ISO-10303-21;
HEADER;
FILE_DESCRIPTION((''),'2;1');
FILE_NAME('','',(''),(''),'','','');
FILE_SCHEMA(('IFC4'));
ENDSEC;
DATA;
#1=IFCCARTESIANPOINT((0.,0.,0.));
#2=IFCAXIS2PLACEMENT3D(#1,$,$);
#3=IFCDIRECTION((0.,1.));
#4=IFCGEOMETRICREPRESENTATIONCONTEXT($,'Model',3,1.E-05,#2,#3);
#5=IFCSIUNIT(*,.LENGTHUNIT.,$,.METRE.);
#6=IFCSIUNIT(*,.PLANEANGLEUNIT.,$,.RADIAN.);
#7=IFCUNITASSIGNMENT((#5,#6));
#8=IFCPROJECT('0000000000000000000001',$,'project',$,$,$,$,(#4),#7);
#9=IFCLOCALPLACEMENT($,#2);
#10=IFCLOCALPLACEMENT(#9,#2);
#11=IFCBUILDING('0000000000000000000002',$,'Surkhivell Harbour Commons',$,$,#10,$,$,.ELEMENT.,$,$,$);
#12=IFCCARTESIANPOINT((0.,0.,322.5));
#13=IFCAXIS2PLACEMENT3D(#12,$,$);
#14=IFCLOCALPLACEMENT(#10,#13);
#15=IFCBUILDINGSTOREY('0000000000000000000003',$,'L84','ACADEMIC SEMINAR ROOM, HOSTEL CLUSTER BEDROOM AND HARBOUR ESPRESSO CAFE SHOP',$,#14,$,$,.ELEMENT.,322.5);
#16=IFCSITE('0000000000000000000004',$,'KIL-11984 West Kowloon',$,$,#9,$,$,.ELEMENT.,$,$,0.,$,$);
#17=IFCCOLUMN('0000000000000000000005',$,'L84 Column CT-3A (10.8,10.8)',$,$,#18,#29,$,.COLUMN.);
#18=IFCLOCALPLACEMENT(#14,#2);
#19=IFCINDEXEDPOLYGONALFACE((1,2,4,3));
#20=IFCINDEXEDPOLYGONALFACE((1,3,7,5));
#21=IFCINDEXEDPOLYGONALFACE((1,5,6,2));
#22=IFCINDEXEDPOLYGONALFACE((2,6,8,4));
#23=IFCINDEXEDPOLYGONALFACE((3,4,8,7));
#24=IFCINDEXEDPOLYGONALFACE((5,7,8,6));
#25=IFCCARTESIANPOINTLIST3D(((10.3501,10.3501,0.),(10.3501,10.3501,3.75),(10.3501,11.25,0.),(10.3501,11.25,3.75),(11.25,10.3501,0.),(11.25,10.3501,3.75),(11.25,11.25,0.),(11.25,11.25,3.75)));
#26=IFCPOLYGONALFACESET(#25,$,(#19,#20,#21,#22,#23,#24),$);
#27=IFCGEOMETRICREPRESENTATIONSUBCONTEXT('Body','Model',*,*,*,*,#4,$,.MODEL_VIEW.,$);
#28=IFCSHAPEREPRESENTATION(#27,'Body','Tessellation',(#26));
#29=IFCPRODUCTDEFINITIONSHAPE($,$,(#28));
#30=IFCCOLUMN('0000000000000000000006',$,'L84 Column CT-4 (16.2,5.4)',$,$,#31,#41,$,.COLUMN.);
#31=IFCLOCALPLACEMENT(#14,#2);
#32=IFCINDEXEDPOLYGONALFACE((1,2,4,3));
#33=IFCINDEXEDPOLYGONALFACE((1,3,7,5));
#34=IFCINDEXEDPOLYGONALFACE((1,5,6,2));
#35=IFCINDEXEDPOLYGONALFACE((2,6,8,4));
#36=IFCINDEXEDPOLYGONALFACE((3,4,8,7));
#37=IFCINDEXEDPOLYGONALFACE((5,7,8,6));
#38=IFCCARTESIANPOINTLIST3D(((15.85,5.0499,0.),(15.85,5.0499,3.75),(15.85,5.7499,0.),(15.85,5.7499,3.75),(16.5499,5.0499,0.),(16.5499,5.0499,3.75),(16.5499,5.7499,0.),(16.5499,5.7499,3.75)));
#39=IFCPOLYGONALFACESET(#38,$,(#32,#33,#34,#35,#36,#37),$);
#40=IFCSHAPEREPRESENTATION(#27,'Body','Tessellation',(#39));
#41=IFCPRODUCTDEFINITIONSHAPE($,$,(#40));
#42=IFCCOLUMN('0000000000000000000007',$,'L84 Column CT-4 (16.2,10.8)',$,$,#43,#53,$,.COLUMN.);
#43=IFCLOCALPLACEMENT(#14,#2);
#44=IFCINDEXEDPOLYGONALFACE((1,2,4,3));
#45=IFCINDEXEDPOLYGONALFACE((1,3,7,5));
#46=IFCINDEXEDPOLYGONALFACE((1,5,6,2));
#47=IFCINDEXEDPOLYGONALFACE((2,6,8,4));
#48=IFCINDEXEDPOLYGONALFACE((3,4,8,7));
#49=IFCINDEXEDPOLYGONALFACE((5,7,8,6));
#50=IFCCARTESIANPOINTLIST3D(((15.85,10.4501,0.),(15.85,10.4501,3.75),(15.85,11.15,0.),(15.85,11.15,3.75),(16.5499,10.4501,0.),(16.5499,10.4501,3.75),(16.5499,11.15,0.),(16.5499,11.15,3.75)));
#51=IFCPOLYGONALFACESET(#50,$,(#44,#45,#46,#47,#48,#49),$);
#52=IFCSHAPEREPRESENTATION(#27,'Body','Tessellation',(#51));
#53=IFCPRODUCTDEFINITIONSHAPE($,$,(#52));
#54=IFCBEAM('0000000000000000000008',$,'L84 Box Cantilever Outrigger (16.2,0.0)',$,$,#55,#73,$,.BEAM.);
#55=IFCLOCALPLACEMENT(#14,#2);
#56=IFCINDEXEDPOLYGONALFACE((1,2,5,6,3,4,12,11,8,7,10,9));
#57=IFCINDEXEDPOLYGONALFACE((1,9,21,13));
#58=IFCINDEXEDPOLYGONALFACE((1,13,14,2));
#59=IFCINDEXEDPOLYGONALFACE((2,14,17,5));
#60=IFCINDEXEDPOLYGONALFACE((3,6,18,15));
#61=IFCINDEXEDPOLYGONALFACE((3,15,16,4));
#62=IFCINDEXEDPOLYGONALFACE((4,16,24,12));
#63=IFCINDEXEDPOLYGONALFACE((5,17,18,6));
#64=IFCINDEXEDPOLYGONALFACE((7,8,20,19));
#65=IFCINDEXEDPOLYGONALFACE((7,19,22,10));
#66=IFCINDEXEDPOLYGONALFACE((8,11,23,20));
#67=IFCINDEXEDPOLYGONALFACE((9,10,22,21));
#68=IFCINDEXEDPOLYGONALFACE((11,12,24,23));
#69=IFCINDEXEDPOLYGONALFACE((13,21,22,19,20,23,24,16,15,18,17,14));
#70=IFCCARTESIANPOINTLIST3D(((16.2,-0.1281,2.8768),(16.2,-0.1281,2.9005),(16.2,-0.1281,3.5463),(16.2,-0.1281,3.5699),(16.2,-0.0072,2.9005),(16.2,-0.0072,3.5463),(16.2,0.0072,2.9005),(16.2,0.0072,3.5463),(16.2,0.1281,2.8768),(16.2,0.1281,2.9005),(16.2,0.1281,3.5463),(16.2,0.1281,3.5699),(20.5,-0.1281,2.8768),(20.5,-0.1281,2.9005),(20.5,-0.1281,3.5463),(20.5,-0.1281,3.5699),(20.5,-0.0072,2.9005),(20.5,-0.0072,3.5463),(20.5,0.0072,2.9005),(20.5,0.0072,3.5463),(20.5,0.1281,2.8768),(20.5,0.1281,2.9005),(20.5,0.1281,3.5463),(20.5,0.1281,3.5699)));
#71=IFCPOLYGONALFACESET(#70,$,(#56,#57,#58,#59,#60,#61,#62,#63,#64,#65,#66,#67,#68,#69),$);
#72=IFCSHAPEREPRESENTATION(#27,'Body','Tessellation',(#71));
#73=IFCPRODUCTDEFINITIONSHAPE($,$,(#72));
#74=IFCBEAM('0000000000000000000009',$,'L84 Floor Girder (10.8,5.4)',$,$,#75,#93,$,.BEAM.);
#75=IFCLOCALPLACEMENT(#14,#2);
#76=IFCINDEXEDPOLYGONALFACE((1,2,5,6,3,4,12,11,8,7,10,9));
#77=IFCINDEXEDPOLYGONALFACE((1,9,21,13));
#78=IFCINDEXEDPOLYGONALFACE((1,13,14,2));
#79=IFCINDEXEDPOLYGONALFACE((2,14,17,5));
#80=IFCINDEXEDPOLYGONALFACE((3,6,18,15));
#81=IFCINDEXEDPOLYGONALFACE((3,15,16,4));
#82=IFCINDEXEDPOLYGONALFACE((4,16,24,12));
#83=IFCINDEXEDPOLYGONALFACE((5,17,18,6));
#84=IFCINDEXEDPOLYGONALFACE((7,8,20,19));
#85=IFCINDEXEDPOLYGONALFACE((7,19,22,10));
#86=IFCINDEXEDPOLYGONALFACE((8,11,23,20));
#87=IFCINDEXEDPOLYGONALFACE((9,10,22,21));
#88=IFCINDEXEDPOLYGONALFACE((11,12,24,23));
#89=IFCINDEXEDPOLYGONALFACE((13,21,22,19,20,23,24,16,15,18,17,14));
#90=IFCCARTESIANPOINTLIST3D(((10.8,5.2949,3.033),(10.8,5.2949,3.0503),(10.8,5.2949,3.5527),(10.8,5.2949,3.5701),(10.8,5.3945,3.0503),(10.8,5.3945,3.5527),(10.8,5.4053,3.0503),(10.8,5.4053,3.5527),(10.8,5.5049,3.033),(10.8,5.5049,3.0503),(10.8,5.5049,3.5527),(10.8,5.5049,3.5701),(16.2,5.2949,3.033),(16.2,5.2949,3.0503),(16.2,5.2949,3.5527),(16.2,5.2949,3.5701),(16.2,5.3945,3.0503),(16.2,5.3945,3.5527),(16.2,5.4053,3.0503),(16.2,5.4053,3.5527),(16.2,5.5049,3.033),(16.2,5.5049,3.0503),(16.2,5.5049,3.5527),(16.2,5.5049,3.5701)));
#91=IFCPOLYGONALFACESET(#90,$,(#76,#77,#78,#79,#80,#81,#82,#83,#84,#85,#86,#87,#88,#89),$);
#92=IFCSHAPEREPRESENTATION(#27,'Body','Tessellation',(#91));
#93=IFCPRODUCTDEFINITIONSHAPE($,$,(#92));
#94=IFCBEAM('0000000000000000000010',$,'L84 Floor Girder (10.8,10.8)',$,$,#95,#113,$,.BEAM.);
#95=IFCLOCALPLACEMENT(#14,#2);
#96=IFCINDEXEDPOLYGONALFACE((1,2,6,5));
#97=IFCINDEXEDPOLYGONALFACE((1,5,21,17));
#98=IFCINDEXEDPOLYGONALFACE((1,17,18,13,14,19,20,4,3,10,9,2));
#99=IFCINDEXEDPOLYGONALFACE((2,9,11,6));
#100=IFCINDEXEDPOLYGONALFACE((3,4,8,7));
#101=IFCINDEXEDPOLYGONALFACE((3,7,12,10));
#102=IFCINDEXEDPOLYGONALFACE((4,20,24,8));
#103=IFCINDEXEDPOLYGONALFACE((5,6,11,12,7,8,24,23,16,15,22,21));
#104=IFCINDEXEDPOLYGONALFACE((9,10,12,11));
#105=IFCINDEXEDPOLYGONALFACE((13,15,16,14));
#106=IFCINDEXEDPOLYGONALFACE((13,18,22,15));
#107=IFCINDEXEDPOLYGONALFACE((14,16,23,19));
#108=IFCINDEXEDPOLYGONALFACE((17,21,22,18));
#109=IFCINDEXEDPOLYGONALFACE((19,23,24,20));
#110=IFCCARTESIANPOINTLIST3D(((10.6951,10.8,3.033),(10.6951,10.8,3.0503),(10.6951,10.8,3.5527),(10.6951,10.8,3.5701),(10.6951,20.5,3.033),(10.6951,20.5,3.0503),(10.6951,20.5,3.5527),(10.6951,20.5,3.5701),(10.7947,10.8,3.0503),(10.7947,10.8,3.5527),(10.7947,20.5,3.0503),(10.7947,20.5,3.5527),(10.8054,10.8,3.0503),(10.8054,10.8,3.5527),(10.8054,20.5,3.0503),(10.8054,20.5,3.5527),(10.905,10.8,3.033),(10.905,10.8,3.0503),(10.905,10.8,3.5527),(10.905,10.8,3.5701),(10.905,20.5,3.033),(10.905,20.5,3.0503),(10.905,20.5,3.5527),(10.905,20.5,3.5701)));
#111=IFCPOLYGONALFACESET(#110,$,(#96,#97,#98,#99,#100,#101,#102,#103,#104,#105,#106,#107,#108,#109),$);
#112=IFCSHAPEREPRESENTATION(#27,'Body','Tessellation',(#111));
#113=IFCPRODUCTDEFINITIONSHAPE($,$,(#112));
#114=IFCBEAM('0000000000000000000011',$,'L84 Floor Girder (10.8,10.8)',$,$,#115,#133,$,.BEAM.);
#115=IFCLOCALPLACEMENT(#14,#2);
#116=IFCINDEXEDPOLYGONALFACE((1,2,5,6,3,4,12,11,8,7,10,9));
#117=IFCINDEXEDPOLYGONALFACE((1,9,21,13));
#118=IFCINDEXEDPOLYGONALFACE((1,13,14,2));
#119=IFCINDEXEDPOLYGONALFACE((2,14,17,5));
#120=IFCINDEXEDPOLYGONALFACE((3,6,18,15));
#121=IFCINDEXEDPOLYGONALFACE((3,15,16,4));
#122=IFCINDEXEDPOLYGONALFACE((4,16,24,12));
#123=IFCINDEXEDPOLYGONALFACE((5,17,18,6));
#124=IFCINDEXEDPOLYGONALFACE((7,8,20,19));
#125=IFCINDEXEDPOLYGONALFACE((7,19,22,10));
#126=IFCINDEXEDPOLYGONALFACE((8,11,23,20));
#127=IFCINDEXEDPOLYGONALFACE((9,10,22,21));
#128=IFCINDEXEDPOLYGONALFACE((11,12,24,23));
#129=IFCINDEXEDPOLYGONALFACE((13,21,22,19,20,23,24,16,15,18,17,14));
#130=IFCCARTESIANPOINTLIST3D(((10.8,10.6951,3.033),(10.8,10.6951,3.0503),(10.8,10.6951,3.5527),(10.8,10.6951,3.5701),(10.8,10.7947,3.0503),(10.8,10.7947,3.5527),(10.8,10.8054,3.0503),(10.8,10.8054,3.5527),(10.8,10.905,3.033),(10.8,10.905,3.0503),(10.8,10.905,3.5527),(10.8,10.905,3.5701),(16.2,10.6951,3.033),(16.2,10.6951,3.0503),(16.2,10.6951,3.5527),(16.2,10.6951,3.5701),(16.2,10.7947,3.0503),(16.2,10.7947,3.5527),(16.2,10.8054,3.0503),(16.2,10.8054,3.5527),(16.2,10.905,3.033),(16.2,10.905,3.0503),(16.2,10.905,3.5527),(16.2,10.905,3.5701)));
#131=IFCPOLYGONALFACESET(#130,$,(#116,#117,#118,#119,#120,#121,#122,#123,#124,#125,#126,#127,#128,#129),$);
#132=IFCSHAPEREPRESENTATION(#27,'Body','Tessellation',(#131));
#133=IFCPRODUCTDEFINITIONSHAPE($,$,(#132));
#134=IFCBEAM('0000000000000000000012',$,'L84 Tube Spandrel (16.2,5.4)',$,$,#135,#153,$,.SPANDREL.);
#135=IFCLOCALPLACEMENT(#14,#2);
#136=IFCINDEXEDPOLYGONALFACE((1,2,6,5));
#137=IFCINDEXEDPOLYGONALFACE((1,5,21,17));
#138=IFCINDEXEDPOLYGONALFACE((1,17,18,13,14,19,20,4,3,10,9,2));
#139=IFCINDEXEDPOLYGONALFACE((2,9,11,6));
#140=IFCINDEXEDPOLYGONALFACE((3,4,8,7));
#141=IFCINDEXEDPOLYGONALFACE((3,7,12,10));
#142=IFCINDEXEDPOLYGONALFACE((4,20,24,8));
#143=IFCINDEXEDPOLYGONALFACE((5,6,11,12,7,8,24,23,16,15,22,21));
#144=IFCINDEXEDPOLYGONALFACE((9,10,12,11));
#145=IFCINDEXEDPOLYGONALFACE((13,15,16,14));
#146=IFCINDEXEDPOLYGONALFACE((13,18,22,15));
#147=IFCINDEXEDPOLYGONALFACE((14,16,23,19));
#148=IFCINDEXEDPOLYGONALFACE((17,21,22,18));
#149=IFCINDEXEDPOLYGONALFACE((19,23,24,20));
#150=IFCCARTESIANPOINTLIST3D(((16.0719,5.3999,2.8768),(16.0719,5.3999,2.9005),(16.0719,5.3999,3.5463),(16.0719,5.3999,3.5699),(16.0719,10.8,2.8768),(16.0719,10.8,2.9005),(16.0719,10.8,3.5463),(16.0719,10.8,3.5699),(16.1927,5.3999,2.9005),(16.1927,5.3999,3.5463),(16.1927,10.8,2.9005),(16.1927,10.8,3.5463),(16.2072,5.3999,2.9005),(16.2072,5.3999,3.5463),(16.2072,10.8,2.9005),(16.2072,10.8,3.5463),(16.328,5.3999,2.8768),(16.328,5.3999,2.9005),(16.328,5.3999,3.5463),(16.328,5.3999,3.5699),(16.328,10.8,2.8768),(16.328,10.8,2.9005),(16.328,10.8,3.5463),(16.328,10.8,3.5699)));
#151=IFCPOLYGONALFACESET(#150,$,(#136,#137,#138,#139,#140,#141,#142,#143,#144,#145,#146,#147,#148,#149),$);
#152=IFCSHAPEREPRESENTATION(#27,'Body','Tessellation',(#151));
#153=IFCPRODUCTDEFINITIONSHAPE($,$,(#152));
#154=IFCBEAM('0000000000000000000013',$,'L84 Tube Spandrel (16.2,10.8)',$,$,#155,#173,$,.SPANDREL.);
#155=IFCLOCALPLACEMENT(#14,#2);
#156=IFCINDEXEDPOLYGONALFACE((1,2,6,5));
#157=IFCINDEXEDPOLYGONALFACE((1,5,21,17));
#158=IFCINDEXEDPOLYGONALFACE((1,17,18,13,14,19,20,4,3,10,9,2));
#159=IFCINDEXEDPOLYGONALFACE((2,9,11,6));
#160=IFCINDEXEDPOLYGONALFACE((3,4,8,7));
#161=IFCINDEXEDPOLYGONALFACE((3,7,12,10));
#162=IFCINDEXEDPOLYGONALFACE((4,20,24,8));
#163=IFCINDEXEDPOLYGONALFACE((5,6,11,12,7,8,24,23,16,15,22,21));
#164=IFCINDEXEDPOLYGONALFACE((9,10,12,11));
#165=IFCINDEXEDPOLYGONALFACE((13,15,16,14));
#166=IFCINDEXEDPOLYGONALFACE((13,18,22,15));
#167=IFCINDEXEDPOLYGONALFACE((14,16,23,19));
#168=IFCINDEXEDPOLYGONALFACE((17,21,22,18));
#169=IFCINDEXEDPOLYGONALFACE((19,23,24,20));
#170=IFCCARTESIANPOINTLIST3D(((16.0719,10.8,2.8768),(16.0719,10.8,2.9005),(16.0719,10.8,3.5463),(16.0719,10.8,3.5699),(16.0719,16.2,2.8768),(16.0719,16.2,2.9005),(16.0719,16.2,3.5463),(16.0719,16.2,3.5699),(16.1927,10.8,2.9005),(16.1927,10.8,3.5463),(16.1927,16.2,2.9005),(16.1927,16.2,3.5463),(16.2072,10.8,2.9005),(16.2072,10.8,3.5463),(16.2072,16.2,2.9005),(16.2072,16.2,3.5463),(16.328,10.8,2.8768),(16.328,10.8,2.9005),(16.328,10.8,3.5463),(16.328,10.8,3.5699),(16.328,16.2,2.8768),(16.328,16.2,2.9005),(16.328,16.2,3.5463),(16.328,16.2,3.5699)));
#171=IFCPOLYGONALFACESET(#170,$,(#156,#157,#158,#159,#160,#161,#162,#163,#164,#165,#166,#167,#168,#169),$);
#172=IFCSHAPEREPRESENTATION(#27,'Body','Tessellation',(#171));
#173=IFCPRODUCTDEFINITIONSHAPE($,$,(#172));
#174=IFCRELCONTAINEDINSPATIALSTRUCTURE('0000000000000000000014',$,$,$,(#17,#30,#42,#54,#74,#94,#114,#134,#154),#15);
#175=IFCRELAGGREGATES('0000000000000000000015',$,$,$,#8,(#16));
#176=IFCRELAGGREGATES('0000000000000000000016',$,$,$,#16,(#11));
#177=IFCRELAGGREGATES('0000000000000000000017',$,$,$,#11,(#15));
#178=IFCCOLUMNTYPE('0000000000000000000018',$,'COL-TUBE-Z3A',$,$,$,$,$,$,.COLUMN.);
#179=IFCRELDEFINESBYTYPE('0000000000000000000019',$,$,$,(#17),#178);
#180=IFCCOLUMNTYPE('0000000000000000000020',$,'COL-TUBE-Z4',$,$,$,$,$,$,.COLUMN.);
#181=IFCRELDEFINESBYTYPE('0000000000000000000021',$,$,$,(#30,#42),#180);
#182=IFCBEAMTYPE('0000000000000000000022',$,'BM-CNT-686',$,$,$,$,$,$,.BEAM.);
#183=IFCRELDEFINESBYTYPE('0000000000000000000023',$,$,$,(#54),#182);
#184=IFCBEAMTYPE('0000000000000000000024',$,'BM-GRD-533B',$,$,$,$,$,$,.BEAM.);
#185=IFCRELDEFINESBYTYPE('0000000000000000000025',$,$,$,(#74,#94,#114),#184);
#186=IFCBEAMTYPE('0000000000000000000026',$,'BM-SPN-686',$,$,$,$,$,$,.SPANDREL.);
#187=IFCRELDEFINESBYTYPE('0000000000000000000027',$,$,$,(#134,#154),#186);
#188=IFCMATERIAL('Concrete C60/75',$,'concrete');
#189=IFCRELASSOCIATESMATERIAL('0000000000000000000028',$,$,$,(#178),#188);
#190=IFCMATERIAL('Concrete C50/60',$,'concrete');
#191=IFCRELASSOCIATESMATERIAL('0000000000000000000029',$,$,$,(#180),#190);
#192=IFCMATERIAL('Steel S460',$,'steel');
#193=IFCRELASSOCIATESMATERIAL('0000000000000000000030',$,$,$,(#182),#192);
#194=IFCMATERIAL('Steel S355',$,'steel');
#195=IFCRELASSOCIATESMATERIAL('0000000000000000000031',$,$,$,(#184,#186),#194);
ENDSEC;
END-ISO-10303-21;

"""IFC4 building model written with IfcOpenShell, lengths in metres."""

from ifc_helpers import new_model, si_unit, direction, frame, origin, origin_2d, place, context, subcontext, project, spatial, rectangle, i_section, extrude, material, material_profile, profile_set, type_object, element, save


model = new_model("IFC4")

# Units and contexts
model_context = context("Model", 3, precision=1e-05, world=origin(), true_north=direction((0.0, 1.0)))
body_context = subcontext(model_context, "Body", "Model", "MODEL_VIEW")
ifc_project = project(units=[si_unit("LENGTHUNIT", "METRE"), si_unit("PLANEANGLEUNIT", "RADIAN")], contexts=[model_context])

# Site, building, storey
site_placement = place(None, origin())
site = spatial("IfcSite", under=ifc_project, at=site_placement, Name="KIL-11984 West Kowloon", CompositionType="ELEMENT", RefElevation=0.0)
building_placement = place(site_placement, origin())
building = spatial("IfcBuilding", under=site, at=building_placement, Name="Surkhivell Harbour Commons", CompositionType="ELEMENT")
storey_placement = place(building_placement, frame((0.0, 0.0, 322.5)))
storey = spatial("IfcBuildingStorey", under=building, at=storey_placement, Name="L84", Description="ACADEMIC SEMINAR ROOM, HOSTEL CLUSTER BEDROOM AND HARBOUR ESPRESSO CAFE SHOP", CompositionType="ELEMENT", Elevation=322.5)

# Columns
ifc_material_1 = material(Name="Concrete C60/75", Category="concrete")
ifc_material_profile_1 = material_profile(ifc_material_1, rectangle(XDim=0.8999, YDim=0.8999, at=origin_2d()), Name="RC-COL-900x900")
ifc_profile_set_1 = profile_set([ifc_material_profile_1], Name="Concrete C60/75")
column_type_1 = type_object("IfcColumnType", Name="COL-TUBE-Z3A", PredefinedType="COLUMN", material=ifc_profile_set_1)
column_placement = place(storey_placement, frame((10.8, 10.8, 0.0), z_axis=(0.0, 0.0, 1.0), x_axis=(1.0, 0.0, 0.0)))
element("IfcColumn", 1, at=column_placement, inside=storey, type_object=column_type_1, Name="L84 Column CT-3A (10.8,10.8)", PredefinedType="COLUMN", context=body_context, shape_type="SweptSolid", body=[
    extrude(rectangle(XDim=0.8999, YDim=0.8999, at=origin_2d()), origin(), (0.0, 0.0, 1.0), 3.75),
])
ifc_material_2 = material(Name="Concrete C50/60", Category="concrete")
ifc_material_profile_2 = material_profile(ifc_material_2, rectangle(XDim=0.7, YDim=0.7, at=origin_2d()), Name="RC-COL-700x700")
ifc_profile_set_2 = profile_set([ifc_material_profile_2], Name="Concrete C50/60")
column_type_2 = type_object("IfcColumnType", Name="COL-TUBE-Z4", PredefinedType="COLUMN", material=ifc_profile_set_2)
for number, where, z_axis, x_axis, name in (
    (2, (16.2, 5.3999, 0.0), (0.0, 0.0, 1.0), (1.0, 0.0, 0.0), "L84 Column CT-4 (16.2,5.4)"),
    (3, (16.2, 10.8, 0.0), (0.0, 0.0, 1.0), (1.0, 0.0, 0.0), "L84 Column CT-4 (16.2,10.8)"),
):
    element("IfcColumn", number, at=place(storey_placement, frame(where, z_axis=z_axis, x_axis=x_axis)), inside=storey, type_object=column_type_2, Name=name, PredefinedType="COLUMN", context=body_context, shape_type="SweptSolid", body=[
        extrude(rectangle(XDim=0.7, YDim=0.7, at=origin_2d()), origin(), (0.0, 0.0, 1.0), 3.75),
    ])

# Beams
ifc_material_3 = material(Name="Steel S460", Category="steel")
ifc_material_profile_3 = material_profile(ifc_material_3, i_section(OverallWidth=0.2561, OverallDepth=0.6931, WebThickness=0.0144, FlangeThickness=0.0237, at=origin_2d()), Name="UB686x254x170")
ifc_profile_set_3 = profile_set([ifc_material_profile_3], Name="Steel S460")
beam_type_1 = type_object("IfcBeamType", Name="BM-CNT-686", PredefinedType="BEAM", material=ifc_profile_set_3)
beam_1_placement = place(storey_placement, frame((16.2, 0.0, 3.2234), z_axis=(1.0, 0.0, 0.0), x_axis=(0.0, 1.0, 0.0)))
element("IfcBeam", 4, at=beam_1_placement, inside=storey, type_object=beam_type_1, Name="L84 Box Cantilever Outrigger (16.2,0.0)", PredefinedType="BEAM", context=body_context, shape_type="SweptSolid", body=[
    extrude(i_section(OverallWidth=0.2561, OverallDepth=0.6931, WebThickness=0.0144, FlangeThickness=0.0237, at=origin_2d()), origin(), (0.0, 0.0, 1.0), 4.3),
])
ifc_material_4 = material(Name="Steel S355", Category="steel")
ifc_material_profile_4 = material_profile(ifc_material_4, i_section(OverallWidth=0.21, OverallDepth=0.5371, WebThickness=0.0107, FlangeThickness=0.0173, at=origin_2d()), Name="UB533x210x101")
ifc_profile_set_4 = profile_set([ifc_material_profile_4], Name="Steel S355")
beam_type_2 = type_object("IfcBeamType", Name="BM-GRD-533B", PredefinedType="BEAM", material=ifc_profile_set_4)
beam_2_placement = place(storey_placement, frame((10.8, 5.3999, 3.3015), z_axis=(1.0, 0.0, 0.0), x_axis=(0.0, 1.0, 0.0)))
element("IfcBeam", 5, at=beam_2_placement, inside=storey, type_object=beam_type_2, Name="L84 Floor Girder (10.8,5.4)", PredefinedType="BEAM", context=body_context, shape_type="SweptSolid", body=[
    extrude(i_section(OverallWidth=0.21, OverallDepth=0.5371, WebThickness=0.0107, FlangeThickness=0.0173, at=origin_2d()), origin(), (0.0, 0.0, 1.0), 5.3999),
])
beam_3_placement = place(storey_placement, frame((10.8, 10.8, 3.3015), z_axis=(0.0, 1.0, 0.0), x_axis=(-1.0, 0.0, 0.0)))
element("IfcBeam", 6, at=beam_3_placement, inside=storey, type_object=beam_type_2, Name="L84 Floor Girder (10.8,10.8)", PredefinedType="BEAM", context=body_context, shape_type="SweptSolid", body=[
    extrude(i_section(OverallWidth=0.21, OverallDepth=0.5371, WebThickness=0.0107, FlangeThickness=0.0173, at=origin_2d()), origin(), (0.0, 0.0, 1.0), 9.7),
])
beam_4_placement = place(storey_placement, frame((10.8, 10.8, 3.3015), z_axis=(1.0, 0.0, 0.0), x_axis=(0.0, 1.0, 0.0)))
element("IfcBeam", 7, at=beam_4_placement, inside=storey, type_object=beam_type_2, Name="L84 Floor Girder (10.8,10.8)", PredefinedType="BEAM", context=body_context, shape_type="SweptSolid", body=[
    extrude(i_section(OverallWidth=0.21, OverallDepth=0.5371, WebThickness=0.0107, FlangeThickness=0.0173, at=origin_2d()), origin(), (0.0, 0.0, 1.0), 5.3999),
])
ifc_material_profile_5 = material_profile(ifc_material_4, i_section(OverallWidth=0.2561, OverallDepth=0.6931, WebThickness=0.0144, FlangeThickness=0.0237, at=origin_2d()), Name="UB686x254x170")
ifc_profile_set_5 = profile_set([ifc_material_profile_5], Name="Steel S355")
beam_type_3 = type_object("IfcBeamType", Name="BM-SPN-686", PredefinedType="SPANDREL", material=ifc_profile_set_5)
beam_5_placement = place(storey_placement, frame((16.2, 5.3999, 3.2234), z_axis=(0.0, 1.0, 0.0), x_axis=(-1.0, 0.0, 0.0)))
element("IfcBeam", 8, at=beam_5_placement, inside=storey, type_object=beam_type_3, Name="L84 Tube Spandrel (16.2,5.4)", PredefinedType="SPANDREL", context=body_context, shape_type="SweptSolid", body=[
    extrude(i_section(OverallWidth=0.2561, OverallDepth=0.6931, WebThickness=0.0144, FlangeThickness=0.0237, at=origin_2d()), origin(), (0.0, 0.0, 1.0), 5.4001),
])
beam_6_placement = place(storey_placement, frame((16.2, 10.8, 3.2234), z_axis=(0.0, 1.0, 0.0), x_axis=(-1.0, 0.0, 0.0)))
element("IfcBeam", 9, at=beam_6_placement, inside=storey, type_object=beam_type_3, Name="L84 Tube Spandrel (16.2,10.8)", PredefinedType="SPANDREL", context=body_context, shape_type="SweptSolid", body=[
    extrude(i_section(OverallWidth=0.2561, OverallDepth=0.6931, WebThickness=0.0144, FlangeThickness=0.0237, at=origin_2d()), origin(), (0.0, 0.0, 1.0), 5.3999),
])

save(model, "model.ifc")
